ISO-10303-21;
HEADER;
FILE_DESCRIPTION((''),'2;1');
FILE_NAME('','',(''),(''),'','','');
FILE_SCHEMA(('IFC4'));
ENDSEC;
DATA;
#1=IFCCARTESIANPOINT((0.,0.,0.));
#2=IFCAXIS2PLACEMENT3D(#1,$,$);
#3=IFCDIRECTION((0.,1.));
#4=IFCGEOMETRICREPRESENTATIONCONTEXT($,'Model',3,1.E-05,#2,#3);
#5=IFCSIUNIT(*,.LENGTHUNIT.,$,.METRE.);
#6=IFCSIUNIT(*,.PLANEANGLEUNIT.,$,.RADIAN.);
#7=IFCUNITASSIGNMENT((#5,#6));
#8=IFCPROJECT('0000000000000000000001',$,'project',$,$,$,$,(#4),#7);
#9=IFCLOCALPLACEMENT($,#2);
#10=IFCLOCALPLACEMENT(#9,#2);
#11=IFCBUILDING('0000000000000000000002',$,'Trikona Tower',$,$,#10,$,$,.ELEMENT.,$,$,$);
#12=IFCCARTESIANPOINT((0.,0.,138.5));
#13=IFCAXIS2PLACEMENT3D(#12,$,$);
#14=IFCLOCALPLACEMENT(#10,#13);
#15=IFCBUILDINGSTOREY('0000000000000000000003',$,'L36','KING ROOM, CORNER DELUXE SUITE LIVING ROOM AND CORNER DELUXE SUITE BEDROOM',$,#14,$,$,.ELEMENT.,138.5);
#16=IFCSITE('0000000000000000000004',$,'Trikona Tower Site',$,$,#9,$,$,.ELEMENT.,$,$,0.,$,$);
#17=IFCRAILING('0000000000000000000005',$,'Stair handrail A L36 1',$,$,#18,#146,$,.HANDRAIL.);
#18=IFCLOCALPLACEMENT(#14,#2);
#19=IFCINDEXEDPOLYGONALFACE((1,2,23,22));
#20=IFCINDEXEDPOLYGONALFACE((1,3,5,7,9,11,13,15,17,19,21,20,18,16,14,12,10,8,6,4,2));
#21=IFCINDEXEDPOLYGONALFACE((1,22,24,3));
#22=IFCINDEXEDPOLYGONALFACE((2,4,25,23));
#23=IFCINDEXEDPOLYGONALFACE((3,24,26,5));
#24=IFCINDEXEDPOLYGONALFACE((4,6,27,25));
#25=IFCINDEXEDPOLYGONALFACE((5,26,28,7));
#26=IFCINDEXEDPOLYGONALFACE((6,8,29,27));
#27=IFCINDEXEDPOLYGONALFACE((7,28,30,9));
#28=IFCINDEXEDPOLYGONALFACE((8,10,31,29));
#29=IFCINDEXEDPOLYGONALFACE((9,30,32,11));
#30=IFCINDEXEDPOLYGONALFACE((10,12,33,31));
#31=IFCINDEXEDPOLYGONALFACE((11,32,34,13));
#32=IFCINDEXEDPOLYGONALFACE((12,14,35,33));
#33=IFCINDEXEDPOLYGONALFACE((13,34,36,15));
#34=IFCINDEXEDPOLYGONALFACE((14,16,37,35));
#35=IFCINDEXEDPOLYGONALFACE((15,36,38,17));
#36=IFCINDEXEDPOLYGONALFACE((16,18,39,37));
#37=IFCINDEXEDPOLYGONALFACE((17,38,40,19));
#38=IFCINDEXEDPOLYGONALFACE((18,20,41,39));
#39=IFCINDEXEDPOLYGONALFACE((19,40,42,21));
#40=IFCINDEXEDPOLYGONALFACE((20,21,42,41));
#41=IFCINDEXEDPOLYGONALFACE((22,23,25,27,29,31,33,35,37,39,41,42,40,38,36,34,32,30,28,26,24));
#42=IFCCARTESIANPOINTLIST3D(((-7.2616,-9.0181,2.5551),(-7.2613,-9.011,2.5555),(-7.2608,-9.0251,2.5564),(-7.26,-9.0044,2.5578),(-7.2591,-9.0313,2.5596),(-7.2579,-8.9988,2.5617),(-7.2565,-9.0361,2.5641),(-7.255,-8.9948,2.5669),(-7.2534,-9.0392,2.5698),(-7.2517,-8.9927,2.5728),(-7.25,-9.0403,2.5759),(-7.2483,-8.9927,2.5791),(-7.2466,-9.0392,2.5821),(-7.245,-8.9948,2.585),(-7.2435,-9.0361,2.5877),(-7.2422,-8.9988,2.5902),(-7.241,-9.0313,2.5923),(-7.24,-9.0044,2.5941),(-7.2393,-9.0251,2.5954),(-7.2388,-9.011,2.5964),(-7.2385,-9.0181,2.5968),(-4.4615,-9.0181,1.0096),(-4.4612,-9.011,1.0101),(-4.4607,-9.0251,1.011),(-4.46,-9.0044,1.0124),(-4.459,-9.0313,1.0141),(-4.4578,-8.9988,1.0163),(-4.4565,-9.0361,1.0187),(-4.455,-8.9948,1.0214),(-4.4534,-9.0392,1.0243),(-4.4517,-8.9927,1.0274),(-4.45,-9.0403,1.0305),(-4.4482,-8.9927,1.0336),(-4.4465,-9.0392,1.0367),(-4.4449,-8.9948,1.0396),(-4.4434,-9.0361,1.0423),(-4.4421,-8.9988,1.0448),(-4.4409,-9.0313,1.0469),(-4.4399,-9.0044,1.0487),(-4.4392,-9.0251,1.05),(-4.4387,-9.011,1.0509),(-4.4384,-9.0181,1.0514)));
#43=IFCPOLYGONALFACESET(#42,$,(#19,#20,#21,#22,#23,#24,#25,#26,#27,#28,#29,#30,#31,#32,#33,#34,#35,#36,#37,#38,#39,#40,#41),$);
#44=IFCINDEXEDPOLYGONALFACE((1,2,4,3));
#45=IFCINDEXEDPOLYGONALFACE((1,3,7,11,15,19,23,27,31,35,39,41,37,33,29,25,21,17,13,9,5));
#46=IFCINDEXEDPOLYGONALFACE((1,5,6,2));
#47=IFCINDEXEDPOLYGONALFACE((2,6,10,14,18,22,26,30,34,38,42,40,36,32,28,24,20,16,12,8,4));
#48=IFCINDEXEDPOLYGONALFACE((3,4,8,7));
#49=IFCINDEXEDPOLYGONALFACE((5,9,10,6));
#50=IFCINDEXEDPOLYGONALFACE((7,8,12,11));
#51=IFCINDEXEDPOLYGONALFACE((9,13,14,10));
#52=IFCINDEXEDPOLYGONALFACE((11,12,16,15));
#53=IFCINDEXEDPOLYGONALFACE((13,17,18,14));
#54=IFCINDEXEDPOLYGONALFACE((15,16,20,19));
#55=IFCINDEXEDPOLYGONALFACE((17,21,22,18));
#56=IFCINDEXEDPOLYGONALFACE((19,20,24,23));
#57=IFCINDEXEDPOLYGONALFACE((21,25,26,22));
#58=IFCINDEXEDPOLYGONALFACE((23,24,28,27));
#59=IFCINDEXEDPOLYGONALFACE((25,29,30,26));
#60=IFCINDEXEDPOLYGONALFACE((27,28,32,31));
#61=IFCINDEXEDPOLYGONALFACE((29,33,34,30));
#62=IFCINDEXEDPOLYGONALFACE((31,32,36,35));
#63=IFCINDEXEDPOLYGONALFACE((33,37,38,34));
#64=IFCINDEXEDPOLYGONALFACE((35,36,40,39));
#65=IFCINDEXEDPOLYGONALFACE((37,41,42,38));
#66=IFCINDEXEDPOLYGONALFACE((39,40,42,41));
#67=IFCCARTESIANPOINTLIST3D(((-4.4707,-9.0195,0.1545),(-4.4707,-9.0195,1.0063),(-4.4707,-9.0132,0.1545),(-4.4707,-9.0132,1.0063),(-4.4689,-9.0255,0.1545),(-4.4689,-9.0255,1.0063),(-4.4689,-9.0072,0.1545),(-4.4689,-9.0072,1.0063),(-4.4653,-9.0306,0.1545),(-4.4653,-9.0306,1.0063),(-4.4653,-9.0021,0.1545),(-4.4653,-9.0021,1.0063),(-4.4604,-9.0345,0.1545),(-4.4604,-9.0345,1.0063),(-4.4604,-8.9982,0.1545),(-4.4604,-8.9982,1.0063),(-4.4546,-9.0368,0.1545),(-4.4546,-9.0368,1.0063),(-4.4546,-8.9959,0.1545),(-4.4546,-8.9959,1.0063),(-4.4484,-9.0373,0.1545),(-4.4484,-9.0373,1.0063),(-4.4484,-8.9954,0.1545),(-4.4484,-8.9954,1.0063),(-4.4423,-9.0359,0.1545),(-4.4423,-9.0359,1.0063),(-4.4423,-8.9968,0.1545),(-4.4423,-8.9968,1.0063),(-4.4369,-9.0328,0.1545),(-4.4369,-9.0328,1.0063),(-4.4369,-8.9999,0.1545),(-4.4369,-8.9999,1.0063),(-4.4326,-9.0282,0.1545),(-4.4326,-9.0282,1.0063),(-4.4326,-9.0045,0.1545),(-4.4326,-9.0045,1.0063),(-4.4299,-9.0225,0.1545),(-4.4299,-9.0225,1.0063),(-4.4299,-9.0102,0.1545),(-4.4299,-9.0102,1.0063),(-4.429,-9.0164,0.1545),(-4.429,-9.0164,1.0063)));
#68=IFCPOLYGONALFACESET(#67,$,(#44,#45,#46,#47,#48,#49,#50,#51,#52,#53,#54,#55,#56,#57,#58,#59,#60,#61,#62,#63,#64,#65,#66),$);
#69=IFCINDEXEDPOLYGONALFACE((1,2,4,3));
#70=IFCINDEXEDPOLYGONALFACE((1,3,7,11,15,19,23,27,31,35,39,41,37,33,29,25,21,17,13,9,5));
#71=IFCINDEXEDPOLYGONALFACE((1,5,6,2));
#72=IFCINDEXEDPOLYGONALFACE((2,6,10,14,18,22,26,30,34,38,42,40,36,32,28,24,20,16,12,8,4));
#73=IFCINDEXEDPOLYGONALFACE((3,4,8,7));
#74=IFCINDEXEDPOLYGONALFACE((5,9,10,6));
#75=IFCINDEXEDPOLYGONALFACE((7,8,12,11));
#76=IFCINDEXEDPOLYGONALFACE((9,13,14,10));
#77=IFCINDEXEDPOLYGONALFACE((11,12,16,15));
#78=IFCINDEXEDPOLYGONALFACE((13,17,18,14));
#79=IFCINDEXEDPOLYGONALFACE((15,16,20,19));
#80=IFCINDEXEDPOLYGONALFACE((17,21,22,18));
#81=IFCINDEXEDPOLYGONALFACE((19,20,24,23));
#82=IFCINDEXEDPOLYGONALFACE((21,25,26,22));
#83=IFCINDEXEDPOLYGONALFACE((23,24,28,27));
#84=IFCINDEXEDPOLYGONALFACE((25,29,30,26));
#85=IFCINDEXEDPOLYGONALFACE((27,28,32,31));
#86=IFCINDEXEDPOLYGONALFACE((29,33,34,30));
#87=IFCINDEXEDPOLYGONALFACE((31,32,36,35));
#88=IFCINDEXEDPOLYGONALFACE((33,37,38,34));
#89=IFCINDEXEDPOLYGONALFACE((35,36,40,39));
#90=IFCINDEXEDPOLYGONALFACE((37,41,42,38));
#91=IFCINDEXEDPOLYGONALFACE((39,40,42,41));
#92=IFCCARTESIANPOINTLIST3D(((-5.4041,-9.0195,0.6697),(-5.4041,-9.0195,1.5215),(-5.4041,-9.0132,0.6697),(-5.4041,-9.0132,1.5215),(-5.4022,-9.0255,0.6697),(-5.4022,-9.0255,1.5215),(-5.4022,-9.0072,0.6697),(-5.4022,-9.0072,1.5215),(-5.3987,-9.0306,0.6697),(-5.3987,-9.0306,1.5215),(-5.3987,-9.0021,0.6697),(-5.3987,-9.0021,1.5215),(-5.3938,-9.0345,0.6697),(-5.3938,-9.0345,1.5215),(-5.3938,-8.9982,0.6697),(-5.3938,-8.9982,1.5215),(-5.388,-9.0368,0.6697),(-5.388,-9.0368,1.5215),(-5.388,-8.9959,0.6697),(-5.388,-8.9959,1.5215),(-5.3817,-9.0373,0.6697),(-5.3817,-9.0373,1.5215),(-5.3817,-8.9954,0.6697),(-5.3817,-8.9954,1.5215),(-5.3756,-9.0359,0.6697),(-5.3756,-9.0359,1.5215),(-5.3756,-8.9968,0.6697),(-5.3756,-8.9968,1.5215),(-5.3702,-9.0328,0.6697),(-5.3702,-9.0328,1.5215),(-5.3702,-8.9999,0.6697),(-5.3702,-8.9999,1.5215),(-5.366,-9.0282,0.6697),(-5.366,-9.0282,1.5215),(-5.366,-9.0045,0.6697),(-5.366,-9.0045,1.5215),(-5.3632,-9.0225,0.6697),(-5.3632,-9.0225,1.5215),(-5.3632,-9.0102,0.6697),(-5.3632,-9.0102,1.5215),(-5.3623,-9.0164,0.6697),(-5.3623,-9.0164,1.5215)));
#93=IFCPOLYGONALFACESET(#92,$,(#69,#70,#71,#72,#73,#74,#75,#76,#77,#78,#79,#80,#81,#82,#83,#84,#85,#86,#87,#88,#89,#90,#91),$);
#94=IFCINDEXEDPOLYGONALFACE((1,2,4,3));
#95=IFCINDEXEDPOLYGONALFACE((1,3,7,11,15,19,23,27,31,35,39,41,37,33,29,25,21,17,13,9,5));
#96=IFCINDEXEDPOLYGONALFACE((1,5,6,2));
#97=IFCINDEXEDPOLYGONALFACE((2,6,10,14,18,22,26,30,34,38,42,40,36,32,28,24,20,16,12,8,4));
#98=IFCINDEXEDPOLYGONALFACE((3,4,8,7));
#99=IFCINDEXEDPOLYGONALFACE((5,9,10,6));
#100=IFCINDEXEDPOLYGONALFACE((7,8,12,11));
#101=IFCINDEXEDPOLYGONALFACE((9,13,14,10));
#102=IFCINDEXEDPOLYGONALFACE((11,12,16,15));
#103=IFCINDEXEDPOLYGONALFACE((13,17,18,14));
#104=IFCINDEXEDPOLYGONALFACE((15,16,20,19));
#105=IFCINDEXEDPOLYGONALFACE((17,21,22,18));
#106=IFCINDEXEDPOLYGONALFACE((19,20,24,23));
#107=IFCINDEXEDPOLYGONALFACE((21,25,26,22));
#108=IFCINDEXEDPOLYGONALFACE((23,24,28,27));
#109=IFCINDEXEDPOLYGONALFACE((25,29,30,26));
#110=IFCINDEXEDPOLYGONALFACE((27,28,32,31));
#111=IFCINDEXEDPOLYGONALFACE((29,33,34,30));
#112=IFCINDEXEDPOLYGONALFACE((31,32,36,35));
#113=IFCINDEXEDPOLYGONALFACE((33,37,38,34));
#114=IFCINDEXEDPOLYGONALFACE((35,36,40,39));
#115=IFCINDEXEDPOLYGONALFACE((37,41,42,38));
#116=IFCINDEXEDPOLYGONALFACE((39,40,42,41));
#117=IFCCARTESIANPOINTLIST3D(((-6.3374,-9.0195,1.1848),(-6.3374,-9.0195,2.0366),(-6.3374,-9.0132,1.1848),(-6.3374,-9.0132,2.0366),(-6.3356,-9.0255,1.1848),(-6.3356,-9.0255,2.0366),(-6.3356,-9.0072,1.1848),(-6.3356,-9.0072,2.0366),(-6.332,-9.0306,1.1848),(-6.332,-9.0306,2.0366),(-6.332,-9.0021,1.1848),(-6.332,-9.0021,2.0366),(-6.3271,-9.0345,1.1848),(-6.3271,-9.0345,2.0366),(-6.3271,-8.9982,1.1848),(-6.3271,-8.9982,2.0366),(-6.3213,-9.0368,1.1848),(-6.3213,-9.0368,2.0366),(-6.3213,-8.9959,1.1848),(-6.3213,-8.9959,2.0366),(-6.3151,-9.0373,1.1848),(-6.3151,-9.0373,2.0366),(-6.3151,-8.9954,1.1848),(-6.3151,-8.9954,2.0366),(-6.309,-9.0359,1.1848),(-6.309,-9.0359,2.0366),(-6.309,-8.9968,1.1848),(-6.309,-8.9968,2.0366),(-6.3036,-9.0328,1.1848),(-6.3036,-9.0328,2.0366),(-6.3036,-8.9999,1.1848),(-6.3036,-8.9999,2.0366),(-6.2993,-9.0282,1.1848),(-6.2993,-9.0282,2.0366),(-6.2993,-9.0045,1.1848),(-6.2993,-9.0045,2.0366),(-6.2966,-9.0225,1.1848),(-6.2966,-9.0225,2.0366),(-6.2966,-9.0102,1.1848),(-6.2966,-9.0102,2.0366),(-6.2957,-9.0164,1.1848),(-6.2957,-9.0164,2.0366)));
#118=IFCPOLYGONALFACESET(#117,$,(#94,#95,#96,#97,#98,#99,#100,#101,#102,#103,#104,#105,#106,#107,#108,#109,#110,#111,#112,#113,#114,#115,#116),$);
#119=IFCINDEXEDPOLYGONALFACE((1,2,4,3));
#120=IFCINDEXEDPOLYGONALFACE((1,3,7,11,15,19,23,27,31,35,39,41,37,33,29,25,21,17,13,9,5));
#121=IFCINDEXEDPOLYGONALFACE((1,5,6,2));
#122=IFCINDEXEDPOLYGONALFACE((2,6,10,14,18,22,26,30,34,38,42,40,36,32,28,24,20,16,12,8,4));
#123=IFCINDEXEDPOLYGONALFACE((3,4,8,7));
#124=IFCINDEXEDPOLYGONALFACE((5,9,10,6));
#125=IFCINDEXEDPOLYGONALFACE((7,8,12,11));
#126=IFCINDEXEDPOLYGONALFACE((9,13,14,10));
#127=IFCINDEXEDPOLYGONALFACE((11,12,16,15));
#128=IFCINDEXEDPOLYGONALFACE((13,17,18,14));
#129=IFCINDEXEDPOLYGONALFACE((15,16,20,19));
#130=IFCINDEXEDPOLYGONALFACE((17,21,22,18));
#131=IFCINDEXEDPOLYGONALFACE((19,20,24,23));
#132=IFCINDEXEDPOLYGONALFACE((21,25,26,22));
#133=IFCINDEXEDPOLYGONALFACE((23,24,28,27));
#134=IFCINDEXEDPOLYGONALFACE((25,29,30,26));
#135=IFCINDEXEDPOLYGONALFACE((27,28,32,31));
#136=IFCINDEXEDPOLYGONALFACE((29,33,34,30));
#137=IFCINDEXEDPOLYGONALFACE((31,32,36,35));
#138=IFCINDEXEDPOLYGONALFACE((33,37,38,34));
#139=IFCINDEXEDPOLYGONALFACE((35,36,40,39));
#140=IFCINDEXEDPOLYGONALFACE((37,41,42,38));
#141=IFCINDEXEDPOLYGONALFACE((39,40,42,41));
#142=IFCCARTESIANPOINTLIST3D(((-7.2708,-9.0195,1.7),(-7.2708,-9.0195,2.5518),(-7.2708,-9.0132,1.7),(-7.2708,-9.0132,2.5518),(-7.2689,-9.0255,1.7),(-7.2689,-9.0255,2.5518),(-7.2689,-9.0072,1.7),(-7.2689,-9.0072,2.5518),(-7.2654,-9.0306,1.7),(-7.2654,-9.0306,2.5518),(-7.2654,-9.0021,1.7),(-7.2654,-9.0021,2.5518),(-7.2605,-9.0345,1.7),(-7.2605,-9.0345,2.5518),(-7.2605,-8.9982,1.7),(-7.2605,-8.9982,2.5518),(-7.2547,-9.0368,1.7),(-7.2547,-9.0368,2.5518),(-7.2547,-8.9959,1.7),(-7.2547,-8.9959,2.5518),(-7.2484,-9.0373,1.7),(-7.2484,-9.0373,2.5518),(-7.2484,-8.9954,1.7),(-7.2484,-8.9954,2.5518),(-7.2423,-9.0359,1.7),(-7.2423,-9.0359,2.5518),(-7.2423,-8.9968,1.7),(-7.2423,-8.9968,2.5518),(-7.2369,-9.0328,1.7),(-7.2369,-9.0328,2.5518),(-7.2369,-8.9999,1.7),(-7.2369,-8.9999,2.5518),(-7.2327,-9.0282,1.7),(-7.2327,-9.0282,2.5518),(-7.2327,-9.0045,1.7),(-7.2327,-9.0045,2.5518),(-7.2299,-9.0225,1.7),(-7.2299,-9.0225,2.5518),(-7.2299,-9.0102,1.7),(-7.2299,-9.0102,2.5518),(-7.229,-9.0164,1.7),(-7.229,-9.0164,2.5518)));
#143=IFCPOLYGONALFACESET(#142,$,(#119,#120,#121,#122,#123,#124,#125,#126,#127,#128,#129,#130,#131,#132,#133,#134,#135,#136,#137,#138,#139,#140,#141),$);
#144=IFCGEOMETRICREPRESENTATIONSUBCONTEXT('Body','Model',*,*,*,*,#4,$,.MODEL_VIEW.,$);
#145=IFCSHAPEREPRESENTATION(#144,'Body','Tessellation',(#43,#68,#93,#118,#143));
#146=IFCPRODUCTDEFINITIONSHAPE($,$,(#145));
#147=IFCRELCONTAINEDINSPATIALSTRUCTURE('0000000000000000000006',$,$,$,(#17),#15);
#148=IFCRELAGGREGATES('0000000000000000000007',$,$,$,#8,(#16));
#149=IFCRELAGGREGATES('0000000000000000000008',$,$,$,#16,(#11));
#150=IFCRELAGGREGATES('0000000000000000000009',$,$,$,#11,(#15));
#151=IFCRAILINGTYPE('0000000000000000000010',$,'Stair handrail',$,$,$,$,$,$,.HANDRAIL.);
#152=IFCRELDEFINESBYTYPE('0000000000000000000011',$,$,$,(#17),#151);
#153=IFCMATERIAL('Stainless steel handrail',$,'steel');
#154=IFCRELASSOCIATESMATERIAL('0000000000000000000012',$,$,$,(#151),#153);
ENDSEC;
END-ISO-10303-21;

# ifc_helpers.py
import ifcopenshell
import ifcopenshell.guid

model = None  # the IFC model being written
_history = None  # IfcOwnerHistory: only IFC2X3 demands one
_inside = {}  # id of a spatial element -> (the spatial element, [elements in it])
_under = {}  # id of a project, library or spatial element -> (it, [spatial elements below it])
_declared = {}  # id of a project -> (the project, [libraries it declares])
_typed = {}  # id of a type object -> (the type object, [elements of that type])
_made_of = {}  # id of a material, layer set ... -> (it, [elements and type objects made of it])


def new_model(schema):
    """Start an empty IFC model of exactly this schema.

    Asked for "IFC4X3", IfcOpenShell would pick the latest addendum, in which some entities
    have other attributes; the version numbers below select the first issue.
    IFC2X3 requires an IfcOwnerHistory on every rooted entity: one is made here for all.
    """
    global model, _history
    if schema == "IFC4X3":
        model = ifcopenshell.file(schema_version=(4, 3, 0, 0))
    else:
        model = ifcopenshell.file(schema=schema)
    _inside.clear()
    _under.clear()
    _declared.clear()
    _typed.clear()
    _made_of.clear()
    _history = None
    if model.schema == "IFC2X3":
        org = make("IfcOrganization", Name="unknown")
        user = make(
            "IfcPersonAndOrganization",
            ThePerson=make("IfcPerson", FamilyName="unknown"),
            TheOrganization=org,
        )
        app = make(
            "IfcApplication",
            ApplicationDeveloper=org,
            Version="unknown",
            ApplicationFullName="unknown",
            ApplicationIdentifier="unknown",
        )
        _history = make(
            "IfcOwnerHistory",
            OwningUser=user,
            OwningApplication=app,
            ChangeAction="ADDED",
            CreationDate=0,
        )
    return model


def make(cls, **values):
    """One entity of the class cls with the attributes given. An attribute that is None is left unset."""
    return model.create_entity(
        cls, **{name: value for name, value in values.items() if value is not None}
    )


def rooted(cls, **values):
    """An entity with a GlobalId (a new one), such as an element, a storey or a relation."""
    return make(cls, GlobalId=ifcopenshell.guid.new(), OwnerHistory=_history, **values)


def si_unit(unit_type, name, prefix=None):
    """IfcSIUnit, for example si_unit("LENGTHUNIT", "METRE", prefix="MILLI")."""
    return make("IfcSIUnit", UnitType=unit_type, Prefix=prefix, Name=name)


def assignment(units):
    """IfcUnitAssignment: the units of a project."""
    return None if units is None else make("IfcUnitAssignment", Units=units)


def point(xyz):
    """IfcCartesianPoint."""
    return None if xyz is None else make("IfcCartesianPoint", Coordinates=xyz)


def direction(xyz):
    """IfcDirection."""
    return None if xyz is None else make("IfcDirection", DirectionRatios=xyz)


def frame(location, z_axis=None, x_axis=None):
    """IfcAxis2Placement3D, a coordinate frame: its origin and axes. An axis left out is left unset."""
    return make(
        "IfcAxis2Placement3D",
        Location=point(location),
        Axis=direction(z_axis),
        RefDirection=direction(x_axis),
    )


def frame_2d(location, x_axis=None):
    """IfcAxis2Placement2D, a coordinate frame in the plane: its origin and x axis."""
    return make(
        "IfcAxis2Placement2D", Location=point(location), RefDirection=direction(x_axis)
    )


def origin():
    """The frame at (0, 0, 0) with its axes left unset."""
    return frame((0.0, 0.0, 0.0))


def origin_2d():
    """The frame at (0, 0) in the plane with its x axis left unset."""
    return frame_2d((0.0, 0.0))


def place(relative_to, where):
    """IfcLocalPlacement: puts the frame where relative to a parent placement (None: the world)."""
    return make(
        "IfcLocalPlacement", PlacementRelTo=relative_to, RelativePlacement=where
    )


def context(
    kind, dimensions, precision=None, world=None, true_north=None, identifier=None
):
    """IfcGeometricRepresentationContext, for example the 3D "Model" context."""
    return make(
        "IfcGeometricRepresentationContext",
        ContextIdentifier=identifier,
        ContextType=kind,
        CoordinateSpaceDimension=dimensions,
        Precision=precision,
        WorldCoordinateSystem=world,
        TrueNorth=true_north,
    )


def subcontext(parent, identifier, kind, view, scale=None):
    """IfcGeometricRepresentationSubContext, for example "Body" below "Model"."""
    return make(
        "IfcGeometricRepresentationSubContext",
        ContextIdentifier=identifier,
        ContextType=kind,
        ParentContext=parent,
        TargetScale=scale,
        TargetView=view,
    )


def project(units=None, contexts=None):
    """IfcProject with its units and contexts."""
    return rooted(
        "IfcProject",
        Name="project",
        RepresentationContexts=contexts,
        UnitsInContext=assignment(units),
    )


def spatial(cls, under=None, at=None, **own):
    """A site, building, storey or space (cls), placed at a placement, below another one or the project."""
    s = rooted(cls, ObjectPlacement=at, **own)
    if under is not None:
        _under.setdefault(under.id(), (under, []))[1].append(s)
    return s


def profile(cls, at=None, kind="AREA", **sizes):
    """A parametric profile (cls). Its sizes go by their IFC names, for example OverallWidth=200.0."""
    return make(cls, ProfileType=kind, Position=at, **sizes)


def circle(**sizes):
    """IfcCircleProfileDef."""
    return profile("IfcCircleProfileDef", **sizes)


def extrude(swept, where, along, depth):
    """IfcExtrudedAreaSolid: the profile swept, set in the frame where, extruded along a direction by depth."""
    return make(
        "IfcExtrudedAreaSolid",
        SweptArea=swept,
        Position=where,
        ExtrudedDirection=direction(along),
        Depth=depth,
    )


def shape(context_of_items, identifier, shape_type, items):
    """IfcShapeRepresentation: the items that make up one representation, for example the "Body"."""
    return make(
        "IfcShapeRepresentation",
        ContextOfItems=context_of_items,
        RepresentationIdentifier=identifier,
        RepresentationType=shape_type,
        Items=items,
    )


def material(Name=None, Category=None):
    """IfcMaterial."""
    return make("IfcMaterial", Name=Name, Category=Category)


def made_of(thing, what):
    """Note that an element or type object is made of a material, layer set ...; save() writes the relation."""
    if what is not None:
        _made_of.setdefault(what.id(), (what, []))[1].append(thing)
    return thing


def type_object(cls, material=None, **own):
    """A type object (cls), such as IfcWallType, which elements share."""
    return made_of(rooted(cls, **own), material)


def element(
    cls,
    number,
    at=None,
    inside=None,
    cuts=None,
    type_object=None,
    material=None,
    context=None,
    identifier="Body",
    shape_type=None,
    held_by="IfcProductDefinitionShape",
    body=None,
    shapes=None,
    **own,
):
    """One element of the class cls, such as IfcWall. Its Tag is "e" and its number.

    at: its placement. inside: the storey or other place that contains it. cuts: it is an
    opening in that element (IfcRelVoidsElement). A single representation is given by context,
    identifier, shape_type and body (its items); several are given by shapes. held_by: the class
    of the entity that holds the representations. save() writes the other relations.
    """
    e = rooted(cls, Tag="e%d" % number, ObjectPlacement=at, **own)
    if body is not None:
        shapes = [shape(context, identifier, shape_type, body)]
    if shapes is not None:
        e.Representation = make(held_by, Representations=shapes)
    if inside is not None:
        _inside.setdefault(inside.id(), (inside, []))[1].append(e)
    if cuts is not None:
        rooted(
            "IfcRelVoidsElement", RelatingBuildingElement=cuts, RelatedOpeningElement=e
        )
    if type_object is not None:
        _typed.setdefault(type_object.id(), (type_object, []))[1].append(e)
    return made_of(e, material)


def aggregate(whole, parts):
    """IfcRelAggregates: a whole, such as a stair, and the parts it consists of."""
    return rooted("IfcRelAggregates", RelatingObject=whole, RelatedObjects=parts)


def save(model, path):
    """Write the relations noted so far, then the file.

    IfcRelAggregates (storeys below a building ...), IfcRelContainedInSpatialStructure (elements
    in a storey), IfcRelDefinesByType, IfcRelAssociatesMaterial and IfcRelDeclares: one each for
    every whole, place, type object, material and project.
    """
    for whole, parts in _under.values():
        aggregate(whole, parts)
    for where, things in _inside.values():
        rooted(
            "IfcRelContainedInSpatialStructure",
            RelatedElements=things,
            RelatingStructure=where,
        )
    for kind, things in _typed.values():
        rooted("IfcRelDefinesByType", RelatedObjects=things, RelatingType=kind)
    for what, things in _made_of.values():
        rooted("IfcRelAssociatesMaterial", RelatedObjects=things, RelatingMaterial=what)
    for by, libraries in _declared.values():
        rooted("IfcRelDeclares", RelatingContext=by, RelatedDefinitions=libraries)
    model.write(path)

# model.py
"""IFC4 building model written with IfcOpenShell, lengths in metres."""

from ifc_helpers import new_model, si_unit, direction, frame, origin, origin_2d, place, context, subcontext, project, spatial, circle, extrude, material, type_object, element, save


model = new_model("IFC4")

# Units and contexts
model_context = context("Model", 3, precision=1e-05, world=origin(), true_north=direction((0.0, 1.0)))
body_context = subcontext(model_context, "Body", "Model", "MODEL_VIEW")
ifc_project = project(units=[si_unit("LENGTHUNIT", "METRE"), si_unit("PLANEANGLEUNIT", "RADIAN")], contexts=[model_context])

# Site, building, storey
site_placement = place(None, origin())
site = spatial("IfcSite", under=ifc_project, at=site_placement, Name="Trikona Tower Site", CompositionType="ELEMENT", RefElevation=0.0)
building_placement = place(site_placement, origin())
building = spatial("IfcBuilding", under=site, at=building_placement, Name="Trikona Tower", CompositionType="ELEMENT")
storey_placement = place(building_placement, frame((0.0, 0.0, 138.5)))
storey = spatial("IfcBuildingStorey", under=building, at=storey_placement, Name="L36", Description="KING ROOM, CORNER DELUXE SUITE LIVING ROOM AND CORNER DELUXE SUITE BEDROOM", CompositionType="ELEMENT", Elevation=138.5)

# Railing
ifc_material_1 = material(Name="Stainless steel handrail", Category="steel")
railing_type = type_object("IfcRailingType", Name="Stair handrail", PredefinedType="HANDRAIL", material=ifc_material_1)
railing_placement = place(storey_placement, frame((-4.45, -9.0164, 0.1545)))
element("IfcRailing", 1, at=railing_placement, inside=storey, type_object=railing_type, Name="Stair handrail A L36 1", PredefinedType="HANDRAIL", context=body_context, shape_type="SweptSolid", body=[
    extrude(circle(Radius=0.0239, at=origin_2d()), frame((0.0, 0.0, 0.876), z_axis=(-0.875504, 0.0, 0.483211), x_axis=(0.0, -1.0, 0.0)), (0.0, 0.0, 1.0), 3.1982),
    extrude(circle(Radius=0.021, at=origin_2d()), origin(), (0.0, 0.0, 1.0), 0.8518),
    extrude(circle(Radius=0.021, at=origin_2d()), frame((-0.9333, 0.0, 0.5151)), (0.0, 0.0, 1.0), 0.8518),
    extrude(circle(Radius=0.021, at=origin_2d()), frame((-1.8667, 0.0, 1.0303)), (0.0, 0.0, 1.0), 0.8518),
    extrude(circle(Radius=0.021, at=origin_2d()), frame((-2.8, 0.0, 1.5454)), (0.0, 0.0, 1.0), 0.8518),
])

save(model, "model.ifc")
